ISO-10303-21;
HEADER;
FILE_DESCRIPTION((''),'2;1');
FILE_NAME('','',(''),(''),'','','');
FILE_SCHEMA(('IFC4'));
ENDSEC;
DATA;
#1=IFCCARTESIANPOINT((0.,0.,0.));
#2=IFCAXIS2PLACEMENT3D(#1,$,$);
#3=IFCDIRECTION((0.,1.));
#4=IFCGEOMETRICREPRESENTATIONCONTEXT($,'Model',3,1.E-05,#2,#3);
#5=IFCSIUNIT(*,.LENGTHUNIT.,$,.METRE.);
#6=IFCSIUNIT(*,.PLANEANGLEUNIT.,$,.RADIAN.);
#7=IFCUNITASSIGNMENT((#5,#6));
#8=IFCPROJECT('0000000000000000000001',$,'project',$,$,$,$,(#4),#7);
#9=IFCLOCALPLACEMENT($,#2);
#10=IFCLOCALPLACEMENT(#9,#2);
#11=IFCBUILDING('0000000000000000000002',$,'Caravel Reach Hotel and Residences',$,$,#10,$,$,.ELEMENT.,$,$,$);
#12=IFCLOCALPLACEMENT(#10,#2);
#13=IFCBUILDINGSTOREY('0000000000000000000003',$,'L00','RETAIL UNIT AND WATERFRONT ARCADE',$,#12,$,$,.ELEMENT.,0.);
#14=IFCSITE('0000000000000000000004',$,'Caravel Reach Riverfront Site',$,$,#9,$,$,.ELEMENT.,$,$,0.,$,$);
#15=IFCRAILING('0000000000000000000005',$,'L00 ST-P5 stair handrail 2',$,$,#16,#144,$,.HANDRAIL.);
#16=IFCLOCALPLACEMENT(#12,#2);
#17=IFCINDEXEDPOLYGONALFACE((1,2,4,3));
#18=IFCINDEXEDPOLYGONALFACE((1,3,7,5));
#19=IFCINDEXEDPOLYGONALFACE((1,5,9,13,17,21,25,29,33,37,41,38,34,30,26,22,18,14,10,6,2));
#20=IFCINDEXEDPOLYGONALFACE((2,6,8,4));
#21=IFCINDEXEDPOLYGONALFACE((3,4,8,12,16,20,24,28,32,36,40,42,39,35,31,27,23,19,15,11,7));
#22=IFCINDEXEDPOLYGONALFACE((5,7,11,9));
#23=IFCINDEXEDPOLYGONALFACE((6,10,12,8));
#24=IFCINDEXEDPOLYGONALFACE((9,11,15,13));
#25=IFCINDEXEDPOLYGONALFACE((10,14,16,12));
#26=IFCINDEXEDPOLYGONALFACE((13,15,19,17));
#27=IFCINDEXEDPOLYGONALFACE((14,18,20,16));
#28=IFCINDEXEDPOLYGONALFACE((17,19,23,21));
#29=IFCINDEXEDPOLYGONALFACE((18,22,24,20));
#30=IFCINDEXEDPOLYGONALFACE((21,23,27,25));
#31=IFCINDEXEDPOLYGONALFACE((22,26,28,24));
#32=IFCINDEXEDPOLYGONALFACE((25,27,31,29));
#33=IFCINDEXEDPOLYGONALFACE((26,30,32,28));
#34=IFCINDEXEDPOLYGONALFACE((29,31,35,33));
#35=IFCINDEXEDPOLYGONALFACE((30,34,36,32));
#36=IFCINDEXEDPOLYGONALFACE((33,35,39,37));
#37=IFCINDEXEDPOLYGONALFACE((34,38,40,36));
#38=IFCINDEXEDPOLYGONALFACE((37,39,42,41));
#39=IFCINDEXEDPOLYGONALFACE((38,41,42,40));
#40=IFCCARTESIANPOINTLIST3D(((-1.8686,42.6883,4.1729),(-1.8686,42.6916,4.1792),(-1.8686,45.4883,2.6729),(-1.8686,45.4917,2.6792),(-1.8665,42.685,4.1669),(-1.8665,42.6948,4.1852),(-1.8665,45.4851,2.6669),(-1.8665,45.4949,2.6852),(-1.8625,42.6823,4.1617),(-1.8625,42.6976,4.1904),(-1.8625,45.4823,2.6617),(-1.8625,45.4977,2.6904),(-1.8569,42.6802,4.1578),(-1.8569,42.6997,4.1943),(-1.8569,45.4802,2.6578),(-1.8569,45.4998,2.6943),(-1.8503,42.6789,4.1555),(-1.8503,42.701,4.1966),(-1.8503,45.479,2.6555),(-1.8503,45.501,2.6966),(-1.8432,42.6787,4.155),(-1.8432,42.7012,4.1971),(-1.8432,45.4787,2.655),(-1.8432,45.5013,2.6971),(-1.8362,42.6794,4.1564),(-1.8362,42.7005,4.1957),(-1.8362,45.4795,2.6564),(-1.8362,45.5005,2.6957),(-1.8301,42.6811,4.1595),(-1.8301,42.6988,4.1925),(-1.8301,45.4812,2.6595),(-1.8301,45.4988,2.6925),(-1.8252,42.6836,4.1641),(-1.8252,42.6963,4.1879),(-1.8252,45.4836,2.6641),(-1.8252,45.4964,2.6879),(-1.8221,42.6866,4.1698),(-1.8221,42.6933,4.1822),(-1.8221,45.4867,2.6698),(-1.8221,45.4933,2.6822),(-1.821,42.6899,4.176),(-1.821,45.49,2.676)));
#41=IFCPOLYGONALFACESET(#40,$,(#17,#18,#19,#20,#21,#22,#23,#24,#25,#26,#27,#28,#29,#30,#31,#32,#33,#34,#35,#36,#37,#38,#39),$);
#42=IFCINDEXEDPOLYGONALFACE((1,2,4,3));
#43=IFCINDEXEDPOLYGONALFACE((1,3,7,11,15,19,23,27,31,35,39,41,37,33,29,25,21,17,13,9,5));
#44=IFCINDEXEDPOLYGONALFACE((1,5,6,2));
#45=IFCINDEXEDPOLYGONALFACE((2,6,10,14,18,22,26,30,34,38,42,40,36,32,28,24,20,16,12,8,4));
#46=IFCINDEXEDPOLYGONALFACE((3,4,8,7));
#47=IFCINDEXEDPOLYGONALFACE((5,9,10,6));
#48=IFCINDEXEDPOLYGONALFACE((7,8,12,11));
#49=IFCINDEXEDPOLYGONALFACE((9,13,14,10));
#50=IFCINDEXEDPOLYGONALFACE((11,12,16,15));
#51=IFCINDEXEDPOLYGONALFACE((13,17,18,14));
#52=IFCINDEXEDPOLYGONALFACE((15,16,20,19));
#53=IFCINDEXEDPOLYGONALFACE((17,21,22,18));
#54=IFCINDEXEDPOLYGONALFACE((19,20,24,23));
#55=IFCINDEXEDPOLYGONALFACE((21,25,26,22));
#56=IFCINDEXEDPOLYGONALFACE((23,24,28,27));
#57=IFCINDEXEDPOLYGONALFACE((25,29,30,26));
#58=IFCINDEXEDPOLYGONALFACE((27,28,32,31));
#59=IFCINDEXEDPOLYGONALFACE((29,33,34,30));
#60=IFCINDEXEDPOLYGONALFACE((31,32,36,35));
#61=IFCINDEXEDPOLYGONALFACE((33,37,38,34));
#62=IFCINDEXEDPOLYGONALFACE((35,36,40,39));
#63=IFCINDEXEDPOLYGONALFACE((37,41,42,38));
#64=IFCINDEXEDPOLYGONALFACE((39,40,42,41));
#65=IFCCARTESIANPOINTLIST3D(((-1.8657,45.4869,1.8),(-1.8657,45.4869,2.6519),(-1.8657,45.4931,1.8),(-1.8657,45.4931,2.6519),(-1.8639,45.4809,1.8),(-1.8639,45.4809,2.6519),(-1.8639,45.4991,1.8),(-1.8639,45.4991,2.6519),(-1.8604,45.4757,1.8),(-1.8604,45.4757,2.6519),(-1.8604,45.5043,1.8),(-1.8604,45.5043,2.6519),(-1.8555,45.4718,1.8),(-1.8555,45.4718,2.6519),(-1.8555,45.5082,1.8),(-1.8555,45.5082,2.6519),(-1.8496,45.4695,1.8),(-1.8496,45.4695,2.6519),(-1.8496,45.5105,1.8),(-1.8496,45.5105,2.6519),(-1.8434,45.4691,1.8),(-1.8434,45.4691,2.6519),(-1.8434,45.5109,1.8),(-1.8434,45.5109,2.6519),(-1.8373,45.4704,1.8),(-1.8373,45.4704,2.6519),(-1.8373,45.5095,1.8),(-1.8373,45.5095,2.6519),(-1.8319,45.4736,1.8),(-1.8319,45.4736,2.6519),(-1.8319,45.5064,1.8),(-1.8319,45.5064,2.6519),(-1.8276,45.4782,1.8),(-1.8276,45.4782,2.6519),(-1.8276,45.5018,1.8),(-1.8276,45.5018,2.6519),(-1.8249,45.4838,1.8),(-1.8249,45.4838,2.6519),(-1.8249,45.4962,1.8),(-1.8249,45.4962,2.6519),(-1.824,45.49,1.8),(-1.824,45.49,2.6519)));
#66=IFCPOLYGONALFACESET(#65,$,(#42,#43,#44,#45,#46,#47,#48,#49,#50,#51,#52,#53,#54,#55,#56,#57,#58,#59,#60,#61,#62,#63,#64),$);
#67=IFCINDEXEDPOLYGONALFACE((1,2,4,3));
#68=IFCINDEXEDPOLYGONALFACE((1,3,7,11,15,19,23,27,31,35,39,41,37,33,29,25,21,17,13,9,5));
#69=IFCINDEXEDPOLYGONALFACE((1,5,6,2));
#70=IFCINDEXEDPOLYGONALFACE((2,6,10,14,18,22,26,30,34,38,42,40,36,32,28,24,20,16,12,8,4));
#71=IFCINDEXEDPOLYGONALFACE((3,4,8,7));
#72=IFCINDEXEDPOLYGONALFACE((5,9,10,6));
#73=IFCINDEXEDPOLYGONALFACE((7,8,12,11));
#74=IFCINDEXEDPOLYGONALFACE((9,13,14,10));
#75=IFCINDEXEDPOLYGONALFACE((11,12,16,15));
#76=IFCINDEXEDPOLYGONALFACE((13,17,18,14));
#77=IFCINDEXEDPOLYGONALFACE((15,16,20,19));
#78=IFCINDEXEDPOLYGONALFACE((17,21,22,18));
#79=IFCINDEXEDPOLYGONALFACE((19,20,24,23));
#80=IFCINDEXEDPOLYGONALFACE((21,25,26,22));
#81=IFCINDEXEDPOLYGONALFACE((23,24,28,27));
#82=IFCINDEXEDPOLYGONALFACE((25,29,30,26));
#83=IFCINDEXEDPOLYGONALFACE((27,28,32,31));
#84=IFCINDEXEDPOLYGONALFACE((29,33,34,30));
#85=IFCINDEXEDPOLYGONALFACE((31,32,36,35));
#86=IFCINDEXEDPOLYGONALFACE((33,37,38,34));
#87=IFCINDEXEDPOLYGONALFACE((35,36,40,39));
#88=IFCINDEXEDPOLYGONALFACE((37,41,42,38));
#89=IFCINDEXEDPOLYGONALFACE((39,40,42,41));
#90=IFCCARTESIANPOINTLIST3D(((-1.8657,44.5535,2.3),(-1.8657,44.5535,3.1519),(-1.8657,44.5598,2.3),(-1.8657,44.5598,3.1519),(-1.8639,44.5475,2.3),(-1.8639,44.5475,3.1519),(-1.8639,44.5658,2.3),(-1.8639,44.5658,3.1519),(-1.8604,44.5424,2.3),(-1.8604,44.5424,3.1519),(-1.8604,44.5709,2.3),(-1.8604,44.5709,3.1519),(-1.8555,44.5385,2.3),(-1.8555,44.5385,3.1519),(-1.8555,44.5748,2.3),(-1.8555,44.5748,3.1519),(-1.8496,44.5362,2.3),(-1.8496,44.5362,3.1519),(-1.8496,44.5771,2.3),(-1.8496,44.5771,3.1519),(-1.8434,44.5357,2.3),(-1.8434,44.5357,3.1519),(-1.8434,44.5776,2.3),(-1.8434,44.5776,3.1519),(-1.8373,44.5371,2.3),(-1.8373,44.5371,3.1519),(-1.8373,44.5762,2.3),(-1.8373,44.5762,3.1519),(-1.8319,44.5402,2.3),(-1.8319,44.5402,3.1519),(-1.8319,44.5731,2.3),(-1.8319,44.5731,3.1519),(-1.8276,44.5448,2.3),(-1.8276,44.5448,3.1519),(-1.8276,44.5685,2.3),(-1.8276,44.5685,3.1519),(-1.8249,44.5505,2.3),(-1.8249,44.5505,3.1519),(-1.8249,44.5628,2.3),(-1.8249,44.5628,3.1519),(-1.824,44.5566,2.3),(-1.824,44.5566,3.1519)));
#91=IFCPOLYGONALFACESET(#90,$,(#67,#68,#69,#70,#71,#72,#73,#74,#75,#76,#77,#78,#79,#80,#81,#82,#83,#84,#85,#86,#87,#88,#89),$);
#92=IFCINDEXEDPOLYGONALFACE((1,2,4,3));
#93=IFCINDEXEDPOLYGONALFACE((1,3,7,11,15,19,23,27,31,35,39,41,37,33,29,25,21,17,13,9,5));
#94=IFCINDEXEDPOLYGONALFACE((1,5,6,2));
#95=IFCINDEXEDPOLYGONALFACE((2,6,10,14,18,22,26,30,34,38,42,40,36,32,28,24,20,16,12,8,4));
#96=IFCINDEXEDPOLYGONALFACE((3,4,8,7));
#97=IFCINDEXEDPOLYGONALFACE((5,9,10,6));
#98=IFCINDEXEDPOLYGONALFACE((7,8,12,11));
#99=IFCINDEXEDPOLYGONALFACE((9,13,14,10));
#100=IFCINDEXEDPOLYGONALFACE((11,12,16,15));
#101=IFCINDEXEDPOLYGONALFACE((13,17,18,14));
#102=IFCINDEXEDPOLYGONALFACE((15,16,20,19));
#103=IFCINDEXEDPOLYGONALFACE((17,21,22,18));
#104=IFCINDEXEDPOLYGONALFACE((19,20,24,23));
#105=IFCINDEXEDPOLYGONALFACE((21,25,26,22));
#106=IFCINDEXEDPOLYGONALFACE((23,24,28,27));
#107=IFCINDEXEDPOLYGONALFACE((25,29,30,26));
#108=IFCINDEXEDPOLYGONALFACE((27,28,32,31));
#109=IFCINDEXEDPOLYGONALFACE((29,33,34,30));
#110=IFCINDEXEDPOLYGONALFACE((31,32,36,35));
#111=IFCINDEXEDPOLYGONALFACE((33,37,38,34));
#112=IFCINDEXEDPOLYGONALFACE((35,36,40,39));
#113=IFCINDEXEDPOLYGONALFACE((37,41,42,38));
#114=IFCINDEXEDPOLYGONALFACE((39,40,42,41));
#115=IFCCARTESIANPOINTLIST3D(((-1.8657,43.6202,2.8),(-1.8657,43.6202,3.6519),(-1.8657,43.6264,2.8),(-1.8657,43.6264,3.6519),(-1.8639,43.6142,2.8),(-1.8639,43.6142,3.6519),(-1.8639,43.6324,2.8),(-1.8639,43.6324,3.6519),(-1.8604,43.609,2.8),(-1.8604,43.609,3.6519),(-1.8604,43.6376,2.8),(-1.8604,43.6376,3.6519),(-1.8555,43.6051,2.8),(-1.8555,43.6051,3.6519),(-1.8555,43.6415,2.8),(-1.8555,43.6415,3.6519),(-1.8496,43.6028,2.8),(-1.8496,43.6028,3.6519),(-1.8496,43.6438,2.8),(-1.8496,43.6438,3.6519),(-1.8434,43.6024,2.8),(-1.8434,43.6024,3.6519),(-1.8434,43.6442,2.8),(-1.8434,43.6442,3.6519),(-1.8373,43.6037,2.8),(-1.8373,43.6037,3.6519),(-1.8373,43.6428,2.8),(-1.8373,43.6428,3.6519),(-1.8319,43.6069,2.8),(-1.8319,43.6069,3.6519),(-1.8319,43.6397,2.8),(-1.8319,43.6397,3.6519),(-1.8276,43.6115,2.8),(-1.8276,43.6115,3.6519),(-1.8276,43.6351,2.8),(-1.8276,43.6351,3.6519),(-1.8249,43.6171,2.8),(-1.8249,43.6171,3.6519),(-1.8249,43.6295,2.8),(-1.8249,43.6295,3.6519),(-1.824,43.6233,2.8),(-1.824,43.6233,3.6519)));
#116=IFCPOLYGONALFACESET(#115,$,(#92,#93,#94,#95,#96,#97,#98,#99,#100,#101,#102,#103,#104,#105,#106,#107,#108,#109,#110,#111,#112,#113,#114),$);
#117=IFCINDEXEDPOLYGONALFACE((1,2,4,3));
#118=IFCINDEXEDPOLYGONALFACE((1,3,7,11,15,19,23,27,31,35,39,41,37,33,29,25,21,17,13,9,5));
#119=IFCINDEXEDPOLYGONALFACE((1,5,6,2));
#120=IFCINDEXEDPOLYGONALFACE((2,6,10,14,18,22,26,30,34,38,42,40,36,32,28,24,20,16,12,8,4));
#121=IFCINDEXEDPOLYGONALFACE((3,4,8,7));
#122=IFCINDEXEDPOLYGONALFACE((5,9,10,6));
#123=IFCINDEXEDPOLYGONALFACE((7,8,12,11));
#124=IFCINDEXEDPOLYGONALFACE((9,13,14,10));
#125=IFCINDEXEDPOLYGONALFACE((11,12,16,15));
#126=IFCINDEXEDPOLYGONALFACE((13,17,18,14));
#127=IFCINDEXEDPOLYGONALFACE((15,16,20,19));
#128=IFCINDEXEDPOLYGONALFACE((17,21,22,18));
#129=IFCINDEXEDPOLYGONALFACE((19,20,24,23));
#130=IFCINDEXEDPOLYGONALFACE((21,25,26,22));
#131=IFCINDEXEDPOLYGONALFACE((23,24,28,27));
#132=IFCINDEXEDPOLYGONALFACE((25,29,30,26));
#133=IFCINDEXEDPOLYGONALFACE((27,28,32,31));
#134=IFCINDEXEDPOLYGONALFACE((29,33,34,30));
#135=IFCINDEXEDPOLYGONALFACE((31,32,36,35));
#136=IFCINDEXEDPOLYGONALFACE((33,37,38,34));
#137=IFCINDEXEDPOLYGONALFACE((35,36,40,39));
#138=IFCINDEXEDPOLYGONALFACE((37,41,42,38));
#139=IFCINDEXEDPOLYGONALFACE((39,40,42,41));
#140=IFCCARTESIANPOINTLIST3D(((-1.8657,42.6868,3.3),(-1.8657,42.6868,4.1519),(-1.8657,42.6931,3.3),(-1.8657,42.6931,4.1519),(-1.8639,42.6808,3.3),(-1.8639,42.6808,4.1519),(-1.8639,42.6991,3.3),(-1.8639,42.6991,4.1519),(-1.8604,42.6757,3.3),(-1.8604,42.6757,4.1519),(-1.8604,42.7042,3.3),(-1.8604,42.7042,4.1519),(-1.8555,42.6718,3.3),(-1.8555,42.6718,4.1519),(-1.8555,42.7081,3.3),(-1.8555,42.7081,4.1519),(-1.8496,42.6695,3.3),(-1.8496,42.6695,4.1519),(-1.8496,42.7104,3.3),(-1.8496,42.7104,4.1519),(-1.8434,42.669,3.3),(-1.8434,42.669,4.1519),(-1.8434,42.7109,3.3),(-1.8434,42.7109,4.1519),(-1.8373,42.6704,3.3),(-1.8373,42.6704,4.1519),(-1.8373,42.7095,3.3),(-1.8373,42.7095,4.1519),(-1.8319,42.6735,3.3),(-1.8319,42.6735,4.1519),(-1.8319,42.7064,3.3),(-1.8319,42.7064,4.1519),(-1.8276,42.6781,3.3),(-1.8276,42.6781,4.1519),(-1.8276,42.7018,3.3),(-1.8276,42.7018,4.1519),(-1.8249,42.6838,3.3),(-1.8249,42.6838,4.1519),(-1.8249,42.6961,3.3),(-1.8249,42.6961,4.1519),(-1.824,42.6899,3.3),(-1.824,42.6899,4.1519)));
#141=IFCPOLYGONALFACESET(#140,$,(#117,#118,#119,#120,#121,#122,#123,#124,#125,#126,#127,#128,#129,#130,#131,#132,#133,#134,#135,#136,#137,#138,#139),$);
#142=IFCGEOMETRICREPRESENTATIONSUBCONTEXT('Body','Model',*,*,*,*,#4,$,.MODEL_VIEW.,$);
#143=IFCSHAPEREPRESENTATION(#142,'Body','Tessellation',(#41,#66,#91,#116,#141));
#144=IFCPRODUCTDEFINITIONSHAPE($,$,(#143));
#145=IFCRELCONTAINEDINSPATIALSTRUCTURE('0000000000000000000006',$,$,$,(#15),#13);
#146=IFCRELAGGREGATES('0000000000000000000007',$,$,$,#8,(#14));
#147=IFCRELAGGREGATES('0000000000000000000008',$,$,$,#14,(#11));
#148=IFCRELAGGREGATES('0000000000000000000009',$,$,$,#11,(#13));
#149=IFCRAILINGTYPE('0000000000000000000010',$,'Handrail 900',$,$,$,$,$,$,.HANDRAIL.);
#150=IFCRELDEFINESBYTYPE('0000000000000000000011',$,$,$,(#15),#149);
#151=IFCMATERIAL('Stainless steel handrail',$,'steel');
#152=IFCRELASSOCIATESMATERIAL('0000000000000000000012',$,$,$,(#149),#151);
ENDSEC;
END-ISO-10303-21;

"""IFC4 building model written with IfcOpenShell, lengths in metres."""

from ifc_helpers import new_model, si_unit, direction, frame, origin, origin_2d, place, context, subcontext, project, spatial, circle, extrude, material, type_object, element, save


model = new_model("IFC4")

# Units and contexts
model_context = context("Model", 3, precision=1e-05, world=origin(), true_north=direction((0.0, 1.0)))
body_context = subcontext(model_context, "Body", "Model", "MODEL_VIEW")
ifc_project = project(units=[si_unit("LENGTHUNIT", "METRE"), si_unit("PLANEANGLEUNIT", "RADIAN")], contexts=[model_context])

# Site, building, storey
site_placement = place(None, origin())
site = spatial("IfcSite", under=ifc_project, at=site_placement, Name="Caravel Reach Riverfront Site", CompositionType="ELEMENT", RefElevation=0.0)
building_placement = place(site_placement, origin())
building = spatial("IfcBuilding", under=site, at=building_placement, Name="Caravel Reach Hotel and Residences", CompositionType="ELEMENT")
storey_placement = place(building_placement, origin())
storey = spatial("IfcBuildingStorey", under=building, at=storey_placement, Name="L00", Description="RETAIL UNIT AND WATERFRONT ARCADE", CompositionType="ELEMENT", Elevation=0.0)

# Railing
ifc_material_1 = material(Name="Stainless steel handrail", Category="steel")
railing_type_1 = type_object("IfcRailingType", Name="Handrail 900", PredefinedType="HANDRAIL", material=ifc_material_1)
for number, where, name in (
    (1, (-1.845, 45.49, 1.8), "L00 ST-P5 stair handrail 2"),
):
    element("IfcRailing", number, at=place(storey_placement, frame(where)), inside=storey, type_object=railing_type_1, Name=name, PredefinedType="HANDRAIL", context=body_context, shape_type="SweptSolid", body=[
        extrude(circle(Radius=0.0239, at=origin_2d()), frame((0.0, 0.0, 0.876), z_axis=(0.0, -0.881483, 0.472215), x_axis=(1.0, 0.0, 0.0)), (0.0, 0.0, 1.0), 3.1765),
        extrude(circle(Radius=0.021, at=origin_2d()), origin(), (0.0, 0.0, 1.0), 0.8518),
        extrude(circle(Radius=0.021, at=origin_2d()), frame((0.0, -0.9333, 0.5)), (0.0, 0.0, 1.0), 0.8518),
        extrude(circle(Radius=0.021, at=origin_2d()), frame((0.0, -1.8667, 1.0)), (0.0, 0.0, 1.0), 0.8518),
        extrude(circle(Radius=0.021, at=origin_2d()), frame((0.0, -2.8, 1.5)), (0.0, 0.0, 1.0), 0.8518),
    ])

save(model, "model.ifc")
